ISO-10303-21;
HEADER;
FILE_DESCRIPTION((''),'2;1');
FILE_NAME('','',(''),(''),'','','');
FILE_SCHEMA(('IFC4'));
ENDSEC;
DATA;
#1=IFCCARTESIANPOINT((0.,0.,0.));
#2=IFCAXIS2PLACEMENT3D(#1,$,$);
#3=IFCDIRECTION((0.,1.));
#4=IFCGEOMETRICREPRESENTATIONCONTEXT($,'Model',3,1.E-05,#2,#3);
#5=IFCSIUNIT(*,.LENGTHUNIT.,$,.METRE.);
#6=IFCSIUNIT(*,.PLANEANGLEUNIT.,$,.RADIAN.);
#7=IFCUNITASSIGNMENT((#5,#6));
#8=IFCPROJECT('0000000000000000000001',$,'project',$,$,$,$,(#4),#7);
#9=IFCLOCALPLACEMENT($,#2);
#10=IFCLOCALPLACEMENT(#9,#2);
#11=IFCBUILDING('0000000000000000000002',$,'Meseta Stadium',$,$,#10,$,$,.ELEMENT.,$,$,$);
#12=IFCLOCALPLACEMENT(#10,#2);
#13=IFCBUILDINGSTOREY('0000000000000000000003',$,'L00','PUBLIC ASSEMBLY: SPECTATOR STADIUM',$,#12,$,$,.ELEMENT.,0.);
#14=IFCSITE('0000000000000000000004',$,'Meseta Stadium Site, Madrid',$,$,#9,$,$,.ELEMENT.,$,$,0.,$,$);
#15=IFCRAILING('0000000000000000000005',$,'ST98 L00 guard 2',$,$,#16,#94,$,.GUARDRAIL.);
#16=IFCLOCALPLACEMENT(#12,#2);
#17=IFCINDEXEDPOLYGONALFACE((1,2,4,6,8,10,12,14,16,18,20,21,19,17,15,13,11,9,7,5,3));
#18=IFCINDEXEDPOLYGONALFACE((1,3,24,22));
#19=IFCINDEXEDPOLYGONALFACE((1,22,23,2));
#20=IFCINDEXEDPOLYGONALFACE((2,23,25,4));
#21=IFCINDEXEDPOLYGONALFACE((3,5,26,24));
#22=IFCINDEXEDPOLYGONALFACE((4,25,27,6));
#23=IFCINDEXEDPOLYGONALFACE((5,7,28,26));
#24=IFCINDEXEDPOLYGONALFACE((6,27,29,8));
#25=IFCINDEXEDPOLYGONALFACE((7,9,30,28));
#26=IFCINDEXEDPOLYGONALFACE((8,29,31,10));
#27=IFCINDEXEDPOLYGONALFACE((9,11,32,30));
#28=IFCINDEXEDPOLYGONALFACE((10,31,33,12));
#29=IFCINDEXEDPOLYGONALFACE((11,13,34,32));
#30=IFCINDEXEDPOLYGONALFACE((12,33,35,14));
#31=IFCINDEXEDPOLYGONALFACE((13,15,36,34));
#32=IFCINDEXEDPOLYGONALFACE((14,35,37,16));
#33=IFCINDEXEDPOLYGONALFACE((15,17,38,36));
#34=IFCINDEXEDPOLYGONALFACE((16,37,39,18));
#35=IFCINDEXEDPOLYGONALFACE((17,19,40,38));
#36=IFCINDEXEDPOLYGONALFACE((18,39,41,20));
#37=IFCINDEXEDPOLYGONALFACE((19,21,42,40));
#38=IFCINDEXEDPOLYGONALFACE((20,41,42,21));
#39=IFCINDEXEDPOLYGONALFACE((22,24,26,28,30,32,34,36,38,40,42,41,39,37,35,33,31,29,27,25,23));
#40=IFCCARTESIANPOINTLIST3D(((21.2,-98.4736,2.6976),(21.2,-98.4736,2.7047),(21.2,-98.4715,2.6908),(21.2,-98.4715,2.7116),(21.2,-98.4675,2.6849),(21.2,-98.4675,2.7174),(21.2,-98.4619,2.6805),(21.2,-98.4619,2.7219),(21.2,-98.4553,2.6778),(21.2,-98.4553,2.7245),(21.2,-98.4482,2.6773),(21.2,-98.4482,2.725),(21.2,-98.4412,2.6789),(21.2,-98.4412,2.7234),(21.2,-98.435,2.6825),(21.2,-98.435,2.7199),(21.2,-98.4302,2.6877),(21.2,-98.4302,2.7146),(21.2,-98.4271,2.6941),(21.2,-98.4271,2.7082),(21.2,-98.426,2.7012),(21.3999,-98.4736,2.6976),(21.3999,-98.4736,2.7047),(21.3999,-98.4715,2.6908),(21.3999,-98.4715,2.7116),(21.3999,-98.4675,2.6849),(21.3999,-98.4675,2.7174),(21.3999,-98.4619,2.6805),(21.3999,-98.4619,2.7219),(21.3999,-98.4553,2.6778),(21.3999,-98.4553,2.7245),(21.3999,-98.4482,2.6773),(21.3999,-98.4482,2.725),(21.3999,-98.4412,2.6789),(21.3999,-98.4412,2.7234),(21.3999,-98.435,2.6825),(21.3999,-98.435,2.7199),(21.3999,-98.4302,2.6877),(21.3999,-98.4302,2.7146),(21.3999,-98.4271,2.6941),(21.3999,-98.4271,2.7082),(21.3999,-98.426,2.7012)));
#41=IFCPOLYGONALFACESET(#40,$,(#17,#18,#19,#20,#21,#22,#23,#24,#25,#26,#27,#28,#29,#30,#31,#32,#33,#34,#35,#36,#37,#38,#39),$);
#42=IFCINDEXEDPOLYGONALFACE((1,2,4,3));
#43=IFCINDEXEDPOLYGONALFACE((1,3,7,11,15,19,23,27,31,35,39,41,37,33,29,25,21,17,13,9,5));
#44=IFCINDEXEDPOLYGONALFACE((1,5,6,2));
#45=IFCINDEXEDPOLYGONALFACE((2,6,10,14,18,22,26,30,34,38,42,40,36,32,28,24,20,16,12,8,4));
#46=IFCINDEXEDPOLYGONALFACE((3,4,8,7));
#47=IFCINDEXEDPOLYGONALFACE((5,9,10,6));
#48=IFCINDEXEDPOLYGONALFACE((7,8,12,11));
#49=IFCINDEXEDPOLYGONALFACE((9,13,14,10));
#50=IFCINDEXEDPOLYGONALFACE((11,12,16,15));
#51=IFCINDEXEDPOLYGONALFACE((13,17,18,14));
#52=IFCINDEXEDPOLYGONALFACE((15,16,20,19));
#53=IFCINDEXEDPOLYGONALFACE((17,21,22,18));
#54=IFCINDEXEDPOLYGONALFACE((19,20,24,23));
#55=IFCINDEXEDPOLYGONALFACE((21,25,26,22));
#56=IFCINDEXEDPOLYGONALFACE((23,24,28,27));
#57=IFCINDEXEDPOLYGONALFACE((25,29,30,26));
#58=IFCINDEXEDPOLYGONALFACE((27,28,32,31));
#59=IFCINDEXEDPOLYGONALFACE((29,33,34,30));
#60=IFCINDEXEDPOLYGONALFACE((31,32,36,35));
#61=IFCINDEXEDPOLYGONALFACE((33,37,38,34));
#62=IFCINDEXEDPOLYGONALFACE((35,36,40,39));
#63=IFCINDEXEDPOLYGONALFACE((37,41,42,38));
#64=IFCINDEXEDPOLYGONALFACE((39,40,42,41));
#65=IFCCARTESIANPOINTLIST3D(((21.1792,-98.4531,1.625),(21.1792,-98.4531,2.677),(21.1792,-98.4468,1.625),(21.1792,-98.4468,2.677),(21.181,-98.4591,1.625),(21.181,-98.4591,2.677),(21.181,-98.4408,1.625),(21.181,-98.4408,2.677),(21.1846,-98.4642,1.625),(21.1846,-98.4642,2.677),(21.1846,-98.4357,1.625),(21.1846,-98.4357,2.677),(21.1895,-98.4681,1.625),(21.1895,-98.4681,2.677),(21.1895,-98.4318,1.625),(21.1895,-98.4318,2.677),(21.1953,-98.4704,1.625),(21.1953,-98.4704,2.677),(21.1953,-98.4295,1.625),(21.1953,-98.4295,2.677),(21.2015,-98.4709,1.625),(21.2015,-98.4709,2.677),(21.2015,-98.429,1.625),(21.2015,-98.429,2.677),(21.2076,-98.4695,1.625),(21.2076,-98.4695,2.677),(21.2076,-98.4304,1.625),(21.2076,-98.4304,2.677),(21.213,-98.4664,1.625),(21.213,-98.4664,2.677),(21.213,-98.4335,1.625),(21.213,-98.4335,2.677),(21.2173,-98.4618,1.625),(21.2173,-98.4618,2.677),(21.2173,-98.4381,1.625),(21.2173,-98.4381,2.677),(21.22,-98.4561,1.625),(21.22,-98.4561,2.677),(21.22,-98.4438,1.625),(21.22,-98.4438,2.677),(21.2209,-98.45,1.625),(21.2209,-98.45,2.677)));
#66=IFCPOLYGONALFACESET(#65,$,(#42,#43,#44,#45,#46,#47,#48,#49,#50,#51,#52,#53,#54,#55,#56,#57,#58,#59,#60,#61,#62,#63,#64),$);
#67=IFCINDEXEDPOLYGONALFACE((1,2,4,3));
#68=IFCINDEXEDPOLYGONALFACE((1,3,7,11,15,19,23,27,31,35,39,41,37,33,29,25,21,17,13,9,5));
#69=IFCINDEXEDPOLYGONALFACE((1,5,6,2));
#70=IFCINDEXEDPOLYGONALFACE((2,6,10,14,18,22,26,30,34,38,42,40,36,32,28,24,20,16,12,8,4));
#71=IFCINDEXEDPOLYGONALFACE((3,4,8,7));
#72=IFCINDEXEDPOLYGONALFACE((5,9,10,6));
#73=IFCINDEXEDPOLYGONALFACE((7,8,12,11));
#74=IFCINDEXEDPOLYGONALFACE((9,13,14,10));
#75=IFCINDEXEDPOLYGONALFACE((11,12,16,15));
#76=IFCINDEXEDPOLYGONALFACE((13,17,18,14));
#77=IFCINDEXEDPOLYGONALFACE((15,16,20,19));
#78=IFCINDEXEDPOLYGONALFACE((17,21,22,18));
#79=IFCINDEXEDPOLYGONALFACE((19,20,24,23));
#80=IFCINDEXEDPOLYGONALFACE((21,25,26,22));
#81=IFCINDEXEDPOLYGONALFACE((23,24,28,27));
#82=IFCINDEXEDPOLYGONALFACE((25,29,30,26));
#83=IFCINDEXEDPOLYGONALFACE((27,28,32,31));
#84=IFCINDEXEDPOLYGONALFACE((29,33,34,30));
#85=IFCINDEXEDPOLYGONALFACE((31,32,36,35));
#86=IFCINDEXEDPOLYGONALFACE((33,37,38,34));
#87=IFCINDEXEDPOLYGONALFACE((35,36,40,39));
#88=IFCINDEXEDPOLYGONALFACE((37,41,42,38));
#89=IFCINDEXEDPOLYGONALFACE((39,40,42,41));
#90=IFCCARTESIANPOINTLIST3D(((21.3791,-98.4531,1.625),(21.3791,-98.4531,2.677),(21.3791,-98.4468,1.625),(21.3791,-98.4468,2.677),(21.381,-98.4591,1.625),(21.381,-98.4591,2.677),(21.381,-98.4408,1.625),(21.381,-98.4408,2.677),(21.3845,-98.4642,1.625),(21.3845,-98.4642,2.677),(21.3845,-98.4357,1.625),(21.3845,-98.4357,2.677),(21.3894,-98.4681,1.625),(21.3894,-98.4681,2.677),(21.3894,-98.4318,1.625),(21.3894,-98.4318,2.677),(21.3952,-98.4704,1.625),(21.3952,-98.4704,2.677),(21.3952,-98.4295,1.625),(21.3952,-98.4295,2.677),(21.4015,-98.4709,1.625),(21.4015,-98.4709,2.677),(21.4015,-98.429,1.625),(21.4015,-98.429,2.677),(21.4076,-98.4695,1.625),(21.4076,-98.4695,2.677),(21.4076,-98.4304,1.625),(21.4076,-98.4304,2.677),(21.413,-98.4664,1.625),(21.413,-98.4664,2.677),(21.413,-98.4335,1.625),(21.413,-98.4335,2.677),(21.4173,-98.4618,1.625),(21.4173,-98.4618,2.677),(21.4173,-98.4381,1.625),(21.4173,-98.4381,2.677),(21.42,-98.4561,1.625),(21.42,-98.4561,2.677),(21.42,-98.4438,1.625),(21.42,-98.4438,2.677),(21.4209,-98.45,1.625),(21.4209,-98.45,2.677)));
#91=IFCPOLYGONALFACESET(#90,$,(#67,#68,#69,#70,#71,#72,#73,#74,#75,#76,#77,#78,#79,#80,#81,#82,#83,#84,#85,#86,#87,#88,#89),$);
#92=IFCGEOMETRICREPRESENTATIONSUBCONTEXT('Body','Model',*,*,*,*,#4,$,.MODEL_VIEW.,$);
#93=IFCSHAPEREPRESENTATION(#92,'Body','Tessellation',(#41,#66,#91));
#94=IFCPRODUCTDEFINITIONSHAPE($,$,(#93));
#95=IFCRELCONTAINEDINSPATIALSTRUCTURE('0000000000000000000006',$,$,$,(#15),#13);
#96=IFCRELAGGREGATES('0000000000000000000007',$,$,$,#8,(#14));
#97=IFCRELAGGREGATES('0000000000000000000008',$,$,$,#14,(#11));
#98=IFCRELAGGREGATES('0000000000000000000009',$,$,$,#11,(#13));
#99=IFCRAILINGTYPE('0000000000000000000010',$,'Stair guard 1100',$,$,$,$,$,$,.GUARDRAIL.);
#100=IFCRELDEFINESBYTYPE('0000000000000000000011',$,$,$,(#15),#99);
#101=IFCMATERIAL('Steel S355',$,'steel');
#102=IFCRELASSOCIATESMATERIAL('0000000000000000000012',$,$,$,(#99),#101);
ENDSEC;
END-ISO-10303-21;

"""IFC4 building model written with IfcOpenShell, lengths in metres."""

from ifc_helpers import new_model, si_unit, direction, frame, origin, origin_2d, place, context, subcontext, project, spatial, circle, extrude, material, type_object, element, save


model = new_model("IFC4")

# Units and contexts
model_context = context("Model", 3, precision=1e-05, world=origin(), true_north=direction((0.0, 1.0)))
body_context = subcontext(model_context, "Body", "Model", "MODEL_VIEW")
ifc_project = project(units=[si_unit("LENGTHUNIT", "METRE"), si_unit("PLANEANGLEUNIT", "RADIAN")], contexts=[model_context])

# Site, building, storey
site_placement = place(None, origin())
site = spatial("IfcSite", under=ifc_project, at=site_placement, Name="Meseta Stadium Site, Madrid", CompositionType="ELEMENT", RefElevation=0.0)
building_placement = place(site_placement, origin())
building = spatial("IfcBuilding", under=site, at=building_placement, Name="Meseta Stadium", CompositionType="ELEMENT")
storey_placement = place(building_placement, origin())
storey = spatial("IfcBuildingStorey", under=building, at=storey_placement, Name="L00", Description="PUBLIC ASSEMBLY: SPECTATOR STADIUM", CompositionType="ELEMENT", Elevation=0.0)

# Railing
ifc_material_1 = material(Name="Steel S355", Category="steel")
railing_type = type_object("IfcRailingType", Name="Stair guard 1100", PredefinedType="GUARDRAIL", material=ifc_material_1)
railing_1_placement = place(storey_placement, frame((21.2, -98.45, 1.625)))
element("IfcRailing", 1, at=railing_1_placement, inside=storey, type_object=railing_type, Name="ST98 L00 guard 2", PredefinedType="GUARDRAIL", context=body_context, shape_type="SweptSolid", body=[
    extrude(circle(Radius=0.0239, at=origin_2d()), frame((0.0, 0.0, 1.0762), z_axis=(1.0, 0.0, 0.0), x_axis=(0.0, 1.0, 0.0)), (0.0, 0.0, 1.0), 0.2),
    extrude(circle(Radius=0.021, at=origin_2d()), origin(), (0.0, 0.0, 1.0), 1.052),
    extrude(circle(Radius=0.021, at=origin_2d()), frame((0.2, 0.0, 0.0)), (0.0, 0.0, 1.0), 1.052),
])

save(model, "model.ifc")
